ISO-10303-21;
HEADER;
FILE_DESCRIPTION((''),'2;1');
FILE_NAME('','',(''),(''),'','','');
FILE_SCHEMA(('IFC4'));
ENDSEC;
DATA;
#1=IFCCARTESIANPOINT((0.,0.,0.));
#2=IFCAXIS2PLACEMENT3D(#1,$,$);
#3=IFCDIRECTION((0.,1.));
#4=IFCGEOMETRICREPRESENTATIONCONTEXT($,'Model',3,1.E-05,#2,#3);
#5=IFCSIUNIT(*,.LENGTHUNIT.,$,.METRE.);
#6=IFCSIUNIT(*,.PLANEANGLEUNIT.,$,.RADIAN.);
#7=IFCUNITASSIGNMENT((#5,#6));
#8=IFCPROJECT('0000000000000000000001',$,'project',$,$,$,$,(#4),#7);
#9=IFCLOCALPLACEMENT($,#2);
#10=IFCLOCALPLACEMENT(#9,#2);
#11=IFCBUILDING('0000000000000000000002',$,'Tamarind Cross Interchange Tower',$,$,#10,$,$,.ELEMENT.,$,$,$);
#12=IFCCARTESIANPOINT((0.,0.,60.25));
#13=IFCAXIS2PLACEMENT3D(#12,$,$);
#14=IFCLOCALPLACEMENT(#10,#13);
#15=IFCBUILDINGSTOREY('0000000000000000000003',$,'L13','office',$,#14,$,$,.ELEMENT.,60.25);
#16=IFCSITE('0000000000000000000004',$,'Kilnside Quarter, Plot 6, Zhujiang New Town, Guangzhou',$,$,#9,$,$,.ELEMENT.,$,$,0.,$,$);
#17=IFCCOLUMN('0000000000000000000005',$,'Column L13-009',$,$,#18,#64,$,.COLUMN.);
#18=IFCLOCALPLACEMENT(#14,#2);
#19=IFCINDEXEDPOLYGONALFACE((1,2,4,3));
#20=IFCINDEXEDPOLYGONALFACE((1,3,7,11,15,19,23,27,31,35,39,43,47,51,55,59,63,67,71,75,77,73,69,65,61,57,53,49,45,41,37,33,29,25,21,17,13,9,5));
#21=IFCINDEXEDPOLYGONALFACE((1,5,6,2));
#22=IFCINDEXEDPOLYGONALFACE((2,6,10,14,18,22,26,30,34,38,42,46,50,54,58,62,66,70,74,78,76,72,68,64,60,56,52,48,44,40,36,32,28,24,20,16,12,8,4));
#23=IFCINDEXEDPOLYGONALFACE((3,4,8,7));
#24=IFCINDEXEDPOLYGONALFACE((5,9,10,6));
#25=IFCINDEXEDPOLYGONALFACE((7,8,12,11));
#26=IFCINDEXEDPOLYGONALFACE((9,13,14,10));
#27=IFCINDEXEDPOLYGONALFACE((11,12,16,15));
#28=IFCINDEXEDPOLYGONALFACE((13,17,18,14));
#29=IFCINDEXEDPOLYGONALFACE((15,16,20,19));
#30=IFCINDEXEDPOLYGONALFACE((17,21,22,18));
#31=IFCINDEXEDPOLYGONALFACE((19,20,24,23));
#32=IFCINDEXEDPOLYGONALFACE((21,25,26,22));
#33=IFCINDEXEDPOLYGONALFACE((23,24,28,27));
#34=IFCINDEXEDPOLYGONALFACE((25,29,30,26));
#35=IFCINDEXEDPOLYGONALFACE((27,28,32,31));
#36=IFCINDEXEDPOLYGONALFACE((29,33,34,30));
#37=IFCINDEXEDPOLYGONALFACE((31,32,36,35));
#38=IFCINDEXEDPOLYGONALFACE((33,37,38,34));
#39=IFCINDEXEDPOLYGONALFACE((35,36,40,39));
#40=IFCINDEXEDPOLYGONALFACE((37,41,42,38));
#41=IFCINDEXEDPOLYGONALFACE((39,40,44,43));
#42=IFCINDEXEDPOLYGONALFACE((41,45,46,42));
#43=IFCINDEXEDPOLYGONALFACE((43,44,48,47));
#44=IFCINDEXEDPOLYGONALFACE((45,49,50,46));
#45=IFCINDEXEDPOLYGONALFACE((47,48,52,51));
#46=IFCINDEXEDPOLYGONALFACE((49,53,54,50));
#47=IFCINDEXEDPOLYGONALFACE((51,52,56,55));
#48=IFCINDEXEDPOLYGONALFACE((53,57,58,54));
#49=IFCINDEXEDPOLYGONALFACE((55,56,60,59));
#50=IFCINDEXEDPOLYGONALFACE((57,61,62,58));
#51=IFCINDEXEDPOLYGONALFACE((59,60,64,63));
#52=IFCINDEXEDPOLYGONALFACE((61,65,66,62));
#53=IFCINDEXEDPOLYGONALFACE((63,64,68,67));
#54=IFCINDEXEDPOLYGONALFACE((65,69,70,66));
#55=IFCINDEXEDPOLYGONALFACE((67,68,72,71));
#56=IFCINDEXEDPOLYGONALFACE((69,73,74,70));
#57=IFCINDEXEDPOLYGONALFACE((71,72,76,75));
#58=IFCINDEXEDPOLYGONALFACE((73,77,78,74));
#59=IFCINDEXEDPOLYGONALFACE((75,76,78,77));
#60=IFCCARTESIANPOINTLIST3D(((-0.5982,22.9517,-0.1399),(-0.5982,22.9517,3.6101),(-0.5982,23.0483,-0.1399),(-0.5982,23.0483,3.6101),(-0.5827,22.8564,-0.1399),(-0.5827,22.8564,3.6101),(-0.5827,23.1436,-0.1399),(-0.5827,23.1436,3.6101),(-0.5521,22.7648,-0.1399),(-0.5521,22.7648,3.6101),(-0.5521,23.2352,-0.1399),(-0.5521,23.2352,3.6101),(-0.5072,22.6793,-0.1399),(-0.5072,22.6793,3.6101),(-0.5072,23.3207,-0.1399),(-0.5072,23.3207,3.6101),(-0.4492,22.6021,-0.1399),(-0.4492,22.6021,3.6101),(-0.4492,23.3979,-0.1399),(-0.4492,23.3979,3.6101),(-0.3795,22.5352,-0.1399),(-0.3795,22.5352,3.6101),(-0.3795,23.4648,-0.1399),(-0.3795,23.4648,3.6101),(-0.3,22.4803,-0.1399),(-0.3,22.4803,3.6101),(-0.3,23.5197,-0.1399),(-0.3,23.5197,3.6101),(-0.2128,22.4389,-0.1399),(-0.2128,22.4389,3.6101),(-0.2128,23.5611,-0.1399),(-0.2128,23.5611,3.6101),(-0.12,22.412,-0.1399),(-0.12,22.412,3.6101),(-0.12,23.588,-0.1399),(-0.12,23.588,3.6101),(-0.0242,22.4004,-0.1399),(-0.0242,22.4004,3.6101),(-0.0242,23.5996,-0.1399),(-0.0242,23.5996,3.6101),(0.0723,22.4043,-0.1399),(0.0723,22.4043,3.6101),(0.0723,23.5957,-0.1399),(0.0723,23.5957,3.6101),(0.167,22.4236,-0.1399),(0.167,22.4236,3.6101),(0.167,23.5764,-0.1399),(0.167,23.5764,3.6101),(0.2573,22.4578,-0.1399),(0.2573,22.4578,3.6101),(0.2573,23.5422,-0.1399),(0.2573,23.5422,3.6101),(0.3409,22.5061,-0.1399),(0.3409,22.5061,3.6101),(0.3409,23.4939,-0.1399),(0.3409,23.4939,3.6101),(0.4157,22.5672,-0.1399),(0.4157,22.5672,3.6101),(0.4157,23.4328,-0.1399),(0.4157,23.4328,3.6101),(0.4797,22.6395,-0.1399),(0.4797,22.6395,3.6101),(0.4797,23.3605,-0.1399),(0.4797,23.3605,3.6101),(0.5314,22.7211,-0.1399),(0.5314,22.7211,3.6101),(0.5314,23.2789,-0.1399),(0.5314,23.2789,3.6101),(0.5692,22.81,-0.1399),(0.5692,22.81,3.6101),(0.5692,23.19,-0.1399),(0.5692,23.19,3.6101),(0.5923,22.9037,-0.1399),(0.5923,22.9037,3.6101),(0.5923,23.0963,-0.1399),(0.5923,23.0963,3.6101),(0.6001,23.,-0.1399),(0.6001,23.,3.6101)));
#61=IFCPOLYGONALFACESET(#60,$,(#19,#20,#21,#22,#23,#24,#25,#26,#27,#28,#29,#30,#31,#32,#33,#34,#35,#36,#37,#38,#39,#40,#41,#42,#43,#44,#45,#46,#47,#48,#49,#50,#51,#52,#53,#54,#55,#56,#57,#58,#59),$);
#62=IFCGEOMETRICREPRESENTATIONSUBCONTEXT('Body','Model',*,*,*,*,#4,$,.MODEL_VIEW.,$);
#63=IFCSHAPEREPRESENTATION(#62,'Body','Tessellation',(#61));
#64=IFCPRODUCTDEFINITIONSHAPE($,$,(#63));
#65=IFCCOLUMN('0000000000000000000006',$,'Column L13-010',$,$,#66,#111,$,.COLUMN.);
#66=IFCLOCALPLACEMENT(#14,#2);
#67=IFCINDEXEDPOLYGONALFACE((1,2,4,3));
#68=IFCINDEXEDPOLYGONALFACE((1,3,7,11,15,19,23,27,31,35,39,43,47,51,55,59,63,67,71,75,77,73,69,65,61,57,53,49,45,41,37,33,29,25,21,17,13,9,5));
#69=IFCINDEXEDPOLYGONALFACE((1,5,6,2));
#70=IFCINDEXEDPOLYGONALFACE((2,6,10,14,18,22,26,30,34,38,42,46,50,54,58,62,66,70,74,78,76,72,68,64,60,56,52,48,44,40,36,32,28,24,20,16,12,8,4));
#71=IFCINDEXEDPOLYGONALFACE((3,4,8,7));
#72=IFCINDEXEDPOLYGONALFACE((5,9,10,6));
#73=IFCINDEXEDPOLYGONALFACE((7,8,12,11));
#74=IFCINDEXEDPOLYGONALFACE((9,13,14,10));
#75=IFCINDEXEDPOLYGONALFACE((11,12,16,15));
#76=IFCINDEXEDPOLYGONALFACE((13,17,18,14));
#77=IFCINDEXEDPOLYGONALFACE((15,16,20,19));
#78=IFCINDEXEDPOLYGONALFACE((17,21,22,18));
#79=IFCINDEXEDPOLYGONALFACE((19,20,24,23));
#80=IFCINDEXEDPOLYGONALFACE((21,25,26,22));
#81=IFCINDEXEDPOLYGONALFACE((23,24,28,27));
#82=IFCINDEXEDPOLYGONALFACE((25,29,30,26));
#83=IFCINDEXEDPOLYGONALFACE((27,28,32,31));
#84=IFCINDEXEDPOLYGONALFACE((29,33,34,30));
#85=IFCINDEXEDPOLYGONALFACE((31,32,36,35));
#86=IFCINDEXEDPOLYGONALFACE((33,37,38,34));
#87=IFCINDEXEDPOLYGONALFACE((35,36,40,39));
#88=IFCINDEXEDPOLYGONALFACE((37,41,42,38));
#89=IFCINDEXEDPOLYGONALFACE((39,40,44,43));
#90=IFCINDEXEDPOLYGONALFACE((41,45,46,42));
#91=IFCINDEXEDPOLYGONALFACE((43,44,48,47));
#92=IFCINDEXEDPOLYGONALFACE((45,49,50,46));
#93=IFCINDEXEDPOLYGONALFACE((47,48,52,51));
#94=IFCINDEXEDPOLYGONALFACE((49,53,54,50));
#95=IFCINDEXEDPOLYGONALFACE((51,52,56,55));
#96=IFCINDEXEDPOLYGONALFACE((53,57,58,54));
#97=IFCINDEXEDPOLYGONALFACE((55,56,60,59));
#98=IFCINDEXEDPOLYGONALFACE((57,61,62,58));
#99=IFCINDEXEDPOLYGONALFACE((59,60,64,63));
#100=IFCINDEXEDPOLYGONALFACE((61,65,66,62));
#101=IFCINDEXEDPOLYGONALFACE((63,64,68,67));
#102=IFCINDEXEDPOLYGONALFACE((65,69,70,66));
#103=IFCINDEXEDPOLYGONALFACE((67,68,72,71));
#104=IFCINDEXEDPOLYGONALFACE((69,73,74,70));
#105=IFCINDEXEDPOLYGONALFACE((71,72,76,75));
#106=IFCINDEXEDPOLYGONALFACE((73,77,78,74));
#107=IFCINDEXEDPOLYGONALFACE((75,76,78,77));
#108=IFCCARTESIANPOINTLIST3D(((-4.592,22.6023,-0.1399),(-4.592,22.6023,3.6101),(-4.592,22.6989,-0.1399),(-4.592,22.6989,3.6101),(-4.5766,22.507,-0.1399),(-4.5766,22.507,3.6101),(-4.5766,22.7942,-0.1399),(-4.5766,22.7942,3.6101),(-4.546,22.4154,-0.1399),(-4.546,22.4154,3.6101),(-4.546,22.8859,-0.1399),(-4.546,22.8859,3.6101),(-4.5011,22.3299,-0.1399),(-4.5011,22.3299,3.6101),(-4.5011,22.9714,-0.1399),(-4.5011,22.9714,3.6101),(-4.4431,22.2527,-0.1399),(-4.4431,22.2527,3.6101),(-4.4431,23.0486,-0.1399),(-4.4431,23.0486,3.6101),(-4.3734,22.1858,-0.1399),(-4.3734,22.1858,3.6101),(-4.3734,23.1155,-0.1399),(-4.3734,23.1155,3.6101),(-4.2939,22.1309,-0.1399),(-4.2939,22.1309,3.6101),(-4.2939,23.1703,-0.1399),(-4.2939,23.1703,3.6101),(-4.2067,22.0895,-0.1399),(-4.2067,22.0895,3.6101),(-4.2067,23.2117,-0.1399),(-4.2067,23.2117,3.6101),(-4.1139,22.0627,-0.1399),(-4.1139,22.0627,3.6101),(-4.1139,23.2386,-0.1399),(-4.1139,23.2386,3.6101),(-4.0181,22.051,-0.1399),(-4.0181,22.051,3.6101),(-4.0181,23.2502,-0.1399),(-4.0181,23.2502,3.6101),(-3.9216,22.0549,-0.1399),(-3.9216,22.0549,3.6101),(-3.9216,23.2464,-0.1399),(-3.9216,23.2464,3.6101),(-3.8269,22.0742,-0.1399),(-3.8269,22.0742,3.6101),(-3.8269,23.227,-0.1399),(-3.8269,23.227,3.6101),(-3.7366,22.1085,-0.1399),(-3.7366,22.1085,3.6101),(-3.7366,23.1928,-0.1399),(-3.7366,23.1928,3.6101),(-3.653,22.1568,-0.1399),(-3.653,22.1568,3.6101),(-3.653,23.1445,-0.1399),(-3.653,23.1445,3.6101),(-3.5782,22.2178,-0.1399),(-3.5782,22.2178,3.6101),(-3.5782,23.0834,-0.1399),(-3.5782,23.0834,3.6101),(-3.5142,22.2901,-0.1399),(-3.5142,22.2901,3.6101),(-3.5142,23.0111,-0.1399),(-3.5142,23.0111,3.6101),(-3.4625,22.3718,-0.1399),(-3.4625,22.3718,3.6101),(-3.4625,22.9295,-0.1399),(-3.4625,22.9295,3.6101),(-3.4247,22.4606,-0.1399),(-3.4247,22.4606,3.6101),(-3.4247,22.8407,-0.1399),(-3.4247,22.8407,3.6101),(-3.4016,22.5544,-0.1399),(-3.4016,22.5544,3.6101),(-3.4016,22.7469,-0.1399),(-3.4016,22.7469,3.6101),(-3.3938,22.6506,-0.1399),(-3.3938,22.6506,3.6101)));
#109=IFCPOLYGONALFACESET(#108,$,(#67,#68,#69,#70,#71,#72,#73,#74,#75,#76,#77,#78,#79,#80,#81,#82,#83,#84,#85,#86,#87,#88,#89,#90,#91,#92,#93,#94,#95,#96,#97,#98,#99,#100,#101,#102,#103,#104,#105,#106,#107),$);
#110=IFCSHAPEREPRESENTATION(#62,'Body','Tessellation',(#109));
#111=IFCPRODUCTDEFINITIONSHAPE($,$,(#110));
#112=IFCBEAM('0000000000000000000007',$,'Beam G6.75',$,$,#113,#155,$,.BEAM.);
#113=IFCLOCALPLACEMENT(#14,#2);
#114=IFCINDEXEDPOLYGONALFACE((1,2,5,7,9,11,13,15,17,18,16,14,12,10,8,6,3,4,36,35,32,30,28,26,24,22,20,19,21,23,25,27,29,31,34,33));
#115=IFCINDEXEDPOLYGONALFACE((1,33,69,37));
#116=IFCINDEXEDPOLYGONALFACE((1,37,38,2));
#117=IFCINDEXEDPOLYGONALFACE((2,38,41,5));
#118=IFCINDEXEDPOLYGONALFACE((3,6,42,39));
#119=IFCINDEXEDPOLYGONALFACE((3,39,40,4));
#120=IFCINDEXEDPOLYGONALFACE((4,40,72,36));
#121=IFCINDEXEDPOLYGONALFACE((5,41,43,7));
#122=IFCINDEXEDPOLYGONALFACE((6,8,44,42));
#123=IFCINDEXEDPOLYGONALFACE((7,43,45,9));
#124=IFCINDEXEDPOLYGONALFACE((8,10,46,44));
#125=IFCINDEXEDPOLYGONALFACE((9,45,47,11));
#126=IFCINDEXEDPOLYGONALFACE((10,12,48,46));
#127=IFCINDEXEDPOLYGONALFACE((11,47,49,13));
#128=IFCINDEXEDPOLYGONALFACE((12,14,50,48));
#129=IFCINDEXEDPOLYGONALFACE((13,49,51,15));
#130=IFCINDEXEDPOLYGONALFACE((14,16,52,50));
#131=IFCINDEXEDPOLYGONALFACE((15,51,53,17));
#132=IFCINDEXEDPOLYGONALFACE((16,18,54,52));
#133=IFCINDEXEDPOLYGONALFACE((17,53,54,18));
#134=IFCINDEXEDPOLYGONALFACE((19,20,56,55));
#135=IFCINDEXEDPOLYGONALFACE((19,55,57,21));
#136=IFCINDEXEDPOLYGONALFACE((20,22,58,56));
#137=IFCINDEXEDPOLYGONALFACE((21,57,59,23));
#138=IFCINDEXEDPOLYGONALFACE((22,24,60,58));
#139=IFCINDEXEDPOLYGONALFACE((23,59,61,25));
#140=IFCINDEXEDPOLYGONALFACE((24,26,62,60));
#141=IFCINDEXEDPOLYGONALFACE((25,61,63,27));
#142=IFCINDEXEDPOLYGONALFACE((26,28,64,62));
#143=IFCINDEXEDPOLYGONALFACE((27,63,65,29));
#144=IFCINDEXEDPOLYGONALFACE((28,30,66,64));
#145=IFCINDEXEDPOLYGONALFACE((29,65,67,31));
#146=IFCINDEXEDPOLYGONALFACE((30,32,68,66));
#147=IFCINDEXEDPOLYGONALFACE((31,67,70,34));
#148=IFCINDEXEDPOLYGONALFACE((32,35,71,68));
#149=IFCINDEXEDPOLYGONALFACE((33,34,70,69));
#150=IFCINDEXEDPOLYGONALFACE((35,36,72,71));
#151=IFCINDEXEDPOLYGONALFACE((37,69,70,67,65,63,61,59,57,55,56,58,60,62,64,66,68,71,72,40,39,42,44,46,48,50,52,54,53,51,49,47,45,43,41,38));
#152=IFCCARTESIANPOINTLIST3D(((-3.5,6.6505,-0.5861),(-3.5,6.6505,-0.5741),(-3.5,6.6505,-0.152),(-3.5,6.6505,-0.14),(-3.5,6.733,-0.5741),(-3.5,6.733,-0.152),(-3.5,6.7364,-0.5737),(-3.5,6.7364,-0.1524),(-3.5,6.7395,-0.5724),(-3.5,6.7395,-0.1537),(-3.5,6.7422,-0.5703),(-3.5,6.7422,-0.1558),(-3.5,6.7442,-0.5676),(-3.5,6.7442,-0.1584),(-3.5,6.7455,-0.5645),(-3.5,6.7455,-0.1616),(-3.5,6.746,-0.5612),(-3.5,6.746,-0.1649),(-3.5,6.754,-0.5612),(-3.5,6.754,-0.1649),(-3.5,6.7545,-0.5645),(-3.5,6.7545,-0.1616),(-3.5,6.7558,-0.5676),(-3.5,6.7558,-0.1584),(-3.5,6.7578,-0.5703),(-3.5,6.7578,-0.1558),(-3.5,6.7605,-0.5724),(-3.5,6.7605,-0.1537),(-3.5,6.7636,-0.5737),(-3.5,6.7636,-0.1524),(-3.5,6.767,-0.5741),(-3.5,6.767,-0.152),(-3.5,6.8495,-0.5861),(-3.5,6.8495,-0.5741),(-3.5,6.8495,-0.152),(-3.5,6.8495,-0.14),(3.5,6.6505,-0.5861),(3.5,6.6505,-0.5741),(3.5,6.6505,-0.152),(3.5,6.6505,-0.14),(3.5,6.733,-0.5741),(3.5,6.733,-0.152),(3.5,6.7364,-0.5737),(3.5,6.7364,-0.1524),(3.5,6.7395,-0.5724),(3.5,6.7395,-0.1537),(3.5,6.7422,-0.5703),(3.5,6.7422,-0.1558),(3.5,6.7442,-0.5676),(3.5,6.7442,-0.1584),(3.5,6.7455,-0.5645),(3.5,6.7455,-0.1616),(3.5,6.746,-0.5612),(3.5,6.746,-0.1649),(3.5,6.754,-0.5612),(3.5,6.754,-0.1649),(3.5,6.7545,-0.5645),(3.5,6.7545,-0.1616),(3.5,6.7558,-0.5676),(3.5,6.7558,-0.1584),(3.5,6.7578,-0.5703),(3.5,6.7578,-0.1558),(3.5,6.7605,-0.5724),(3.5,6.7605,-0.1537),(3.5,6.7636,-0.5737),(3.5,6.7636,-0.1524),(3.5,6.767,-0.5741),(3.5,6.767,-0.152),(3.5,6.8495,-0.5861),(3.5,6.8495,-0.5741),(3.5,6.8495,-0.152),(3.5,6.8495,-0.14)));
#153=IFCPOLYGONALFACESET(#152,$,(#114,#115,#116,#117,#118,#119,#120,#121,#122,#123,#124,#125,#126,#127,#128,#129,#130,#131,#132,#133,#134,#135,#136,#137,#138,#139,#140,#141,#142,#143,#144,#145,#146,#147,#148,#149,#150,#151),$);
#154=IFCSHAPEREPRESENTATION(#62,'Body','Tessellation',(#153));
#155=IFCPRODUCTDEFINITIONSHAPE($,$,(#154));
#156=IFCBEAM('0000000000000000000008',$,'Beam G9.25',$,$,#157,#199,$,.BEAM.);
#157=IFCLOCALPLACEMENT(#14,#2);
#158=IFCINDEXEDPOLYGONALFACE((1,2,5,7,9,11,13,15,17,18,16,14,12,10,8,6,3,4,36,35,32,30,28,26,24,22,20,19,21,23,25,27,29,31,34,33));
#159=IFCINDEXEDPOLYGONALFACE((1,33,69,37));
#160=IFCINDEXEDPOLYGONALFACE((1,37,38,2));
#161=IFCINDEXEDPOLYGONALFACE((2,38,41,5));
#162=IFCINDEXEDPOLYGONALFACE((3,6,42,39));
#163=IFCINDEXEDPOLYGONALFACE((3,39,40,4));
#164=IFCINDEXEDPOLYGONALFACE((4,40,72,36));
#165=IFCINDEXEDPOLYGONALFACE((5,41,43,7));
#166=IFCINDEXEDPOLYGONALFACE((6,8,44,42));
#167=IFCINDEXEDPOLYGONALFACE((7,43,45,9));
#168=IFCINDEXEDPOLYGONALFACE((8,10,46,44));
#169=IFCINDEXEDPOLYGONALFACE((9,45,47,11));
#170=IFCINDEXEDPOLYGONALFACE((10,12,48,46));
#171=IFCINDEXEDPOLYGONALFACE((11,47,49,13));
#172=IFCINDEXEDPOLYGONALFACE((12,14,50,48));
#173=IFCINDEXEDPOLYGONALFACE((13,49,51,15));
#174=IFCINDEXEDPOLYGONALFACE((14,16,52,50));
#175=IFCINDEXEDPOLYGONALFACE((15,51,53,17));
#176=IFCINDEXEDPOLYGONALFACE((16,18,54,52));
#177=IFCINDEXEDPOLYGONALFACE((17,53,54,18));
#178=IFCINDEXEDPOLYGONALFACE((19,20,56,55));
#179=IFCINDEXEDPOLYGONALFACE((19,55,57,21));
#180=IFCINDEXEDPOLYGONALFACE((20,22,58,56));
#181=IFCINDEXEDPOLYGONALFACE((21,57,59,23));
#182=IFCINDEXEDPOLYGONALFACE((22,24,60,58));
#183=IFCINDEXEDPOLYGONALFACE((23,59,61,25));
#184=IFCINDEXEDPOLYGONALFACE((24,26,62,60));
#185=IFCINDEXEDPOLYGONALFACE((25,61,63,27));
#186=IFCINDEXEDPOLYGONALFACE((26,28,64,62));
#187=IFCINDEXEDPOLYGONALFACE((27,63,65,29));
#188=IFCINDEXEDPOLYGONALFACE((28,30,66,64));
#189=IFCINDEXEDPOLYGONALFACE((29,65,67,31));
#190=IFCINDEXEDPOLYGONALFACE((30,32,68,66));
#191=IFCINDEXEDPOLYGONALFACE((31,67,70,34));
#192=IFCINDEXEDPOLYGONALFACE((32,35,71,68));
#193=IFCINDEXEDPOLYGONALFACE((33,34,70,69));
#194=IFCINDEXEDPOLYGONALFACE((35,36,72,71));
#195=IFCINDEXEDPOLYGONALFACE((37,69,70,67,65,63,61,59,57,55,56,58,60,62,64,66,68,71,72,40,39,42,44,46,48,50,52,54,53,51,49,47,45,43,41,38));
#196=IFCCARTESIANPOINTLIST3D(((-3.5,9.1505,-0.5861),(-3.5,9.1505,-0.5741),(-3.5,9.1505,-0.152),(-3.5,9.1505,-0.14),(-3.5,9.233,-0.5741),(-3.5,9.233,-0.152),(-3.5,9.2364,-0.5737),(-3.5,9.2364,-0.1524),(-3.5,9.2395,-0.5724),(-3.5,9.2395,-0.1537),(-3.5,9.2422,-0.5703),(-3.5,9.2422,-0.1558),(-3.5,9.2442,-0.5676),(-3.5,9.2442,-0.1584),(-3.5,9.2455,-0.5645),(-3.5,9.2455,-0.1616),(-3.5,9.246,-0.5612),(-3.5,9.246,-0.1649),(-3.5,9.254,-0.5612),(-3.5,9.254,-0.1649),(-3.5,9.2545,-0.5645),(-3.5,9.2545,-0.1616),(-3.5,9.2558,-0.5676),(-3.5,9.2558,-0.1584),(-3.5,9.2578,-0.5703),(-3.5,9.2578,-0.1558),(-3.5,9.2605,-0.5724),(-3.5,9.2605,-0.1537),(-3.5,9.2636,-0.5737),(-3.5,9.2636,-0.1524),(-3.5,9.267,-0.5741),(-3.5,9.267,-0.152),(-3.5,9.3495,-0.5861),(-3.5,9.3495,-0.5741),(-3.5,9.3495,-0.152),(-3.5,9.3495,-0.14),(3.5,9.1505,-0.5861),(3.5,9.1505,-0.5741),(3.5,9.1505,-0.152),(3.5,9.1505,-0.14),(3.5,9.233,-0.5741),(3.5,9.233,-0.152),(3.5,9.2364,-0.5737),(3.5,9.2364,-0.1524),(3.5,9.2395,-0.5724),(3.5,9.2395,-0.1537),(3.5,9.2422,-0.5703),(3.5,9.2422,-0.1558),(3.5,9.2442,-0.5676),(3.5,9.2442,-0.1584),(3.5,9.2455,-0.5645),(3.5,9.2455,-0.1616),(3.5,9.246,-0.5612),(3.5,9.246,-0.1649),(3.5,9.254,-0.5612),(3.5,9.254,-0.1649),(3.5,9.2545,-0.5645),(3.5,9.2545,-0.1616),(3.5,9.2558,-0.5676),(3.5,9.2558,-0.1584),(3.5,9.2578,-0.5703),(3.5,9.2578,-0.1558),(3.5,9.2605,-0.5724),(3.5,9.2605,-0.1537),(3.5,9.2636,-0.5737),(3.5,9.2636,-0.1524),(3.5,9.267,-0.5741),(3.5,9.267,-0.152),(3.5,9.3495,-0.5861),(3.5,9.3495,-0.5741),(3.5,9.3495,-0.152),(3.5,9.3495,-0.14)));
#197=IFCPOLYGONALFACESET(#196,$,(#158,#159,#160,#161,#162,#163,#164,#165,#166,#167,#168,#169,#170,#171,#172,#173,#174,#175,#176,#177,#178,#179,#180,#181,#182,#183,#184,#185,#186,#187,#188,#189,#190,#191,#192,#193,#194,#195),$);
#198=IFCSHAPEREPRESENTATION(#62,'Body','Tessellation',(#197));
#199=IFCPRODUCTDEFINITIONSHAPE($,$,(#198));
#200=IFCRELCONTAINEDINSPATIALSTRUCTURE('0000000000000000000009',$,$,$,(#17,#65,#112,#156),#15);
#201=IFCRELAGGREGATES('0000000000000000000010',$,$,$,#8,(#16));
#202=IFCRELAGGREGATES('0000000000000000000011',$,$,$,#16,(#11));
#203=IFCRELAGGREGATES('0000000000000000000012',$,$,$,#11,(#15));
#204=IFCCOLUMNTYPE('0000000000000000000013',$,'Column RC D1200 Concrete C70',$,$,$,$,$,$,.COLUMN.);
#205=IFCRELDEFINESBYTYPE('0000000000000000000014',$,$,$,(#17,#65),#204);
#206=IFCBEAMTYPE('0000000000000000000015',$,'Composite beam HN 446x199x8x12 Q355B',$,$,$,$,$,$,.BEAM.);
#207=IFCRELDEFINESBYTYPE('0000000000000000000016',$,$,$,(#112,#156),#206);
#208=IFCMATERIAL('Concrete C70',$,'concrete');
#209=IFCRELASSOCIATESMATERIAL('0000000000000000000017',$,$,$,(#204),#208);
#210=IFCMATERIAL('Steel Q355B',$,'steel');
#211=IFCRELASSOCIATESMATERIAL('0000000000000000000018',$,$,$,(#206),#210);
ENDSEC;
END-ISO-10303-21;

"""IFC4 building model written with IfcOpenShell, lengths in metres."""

from ifc_helpers import new_model, si_unit, direction, frame, origin, origin_2d, place, context, subcontext, project, spatial, circle, i_section, extrude, material, material_profile, profile_set, type_object, element, save


model = new_model("IFC4")

# Units and contexts
model_context = context("Model", 3, precision=1e-05, world=origin(), true_north=direction((0.0, 1.0)))
body_context = subcontext(model_context, "Body", "Model", "MODEL_VIEW")
ifc_project = project(units=[si_unit("LENGTHUNIT", "METRE"), si_unit("PLANEANGLEUNIT", "RADIAN")], contexts=[model_context])

# Site, building, storey
site_placement = place(None, origin())
site = spatial("IfcSite", under=ifc_project, at=site_placement, Name="Kilnside Quarter, Plot 6, Zhujiang New Town, Guangzhou", CompositionType="ELEMENT", RefElevation=0.0)
building_placement = place(site_placement, origin())
building = spatial("IfcBuilding", under=site, at=building_placement, Name="Tamarind Cross Interchange Tower", CompositionType="ELEMENT")
storey_placement = place(building_placement, frame((0.0, 0.0, 60.25)))
storey = spatial("IfcBuildingStorey", under=building, at=storey_placement, Name="L13", Description="office", CompositionType="ELEMENT", Elevation=60.25)

# Columns
ifc_material_1 = material(Name="Concrete C70", Category="concrete")
ifc_material_profile_1 = material_profile(ifc_material_1, circle(Radius=0.6001, at=origin_2d()), Name="RC D1200")
ifc_profile_set_1 = profile_set([ifc_material_profile_1], Name="Concrete C70")
column_type = type_object("IfcColumnType", Name="Column RC D1200 Concrete C70", PredefinedType="COLUMN", material=ifc_profile_set_1)
for number, where, z_axis, x_axis, name in (
    (1, (0.0, 23.0, -0.1399), (0.0, 0.0, 1.0), (1.0, 0.0, 0.0), "Column L13-009"),
    (2, (-3.9939, 22.6506, -0.1399), (0.0, 0.0, 1.0), (1.0, 0.0, 0.0), "Column L13-010"),
):
    element("IfcColumn", number, at=place(storey_placement, frame(where, z_axis=z_axis, x_axis=x_axis)), inside=storey, type_object=column_type, Name=name, PredefinedType="COLUMN", context=body_context, shape_type="SweptSolid", body=[
        extrude(circle(Radius=0.6001, at=origin_2d()), origin(), (0.0, 0.0, 1.0), 3.75),
    ])

# Beams
ifc_material_2 = material(Name="Steel Q355B", Category="steel")
ifc_material_profile_2 = material_profile(ifc_material_2, i_section(OverallWidth=0.199, OverallDepth=0.446, WebThickness=0.0081, FlangeThickness=0.012, FilletRadius=0.0129, at=origin_2d()), Name="HN 446x199x8x12")
ifc_profile_set_2 = profile_set([ifc_material_profile_2], Name="Steel Q355B")
beam_type_1 = type_object("IfcBeamType", Name="Composite beam HN 446x199x8x12 Q355B", PredefinedType="BEAM", material=ifc_profile_set_2)
for number, where, z_axis, x_axis, name in (
    (3, (-3.5, 6.75, -0.363), (1.0, 0.0, 0.0), (0.0, 1.0, 0.0), "Beam G6.75"),
    (4, (-3.5, 9.25, -0.363), (1.0, 0.0, 0.0), (0.0, 1.0, 0.0), "Beam G9.25"),
):
    element("IfcBeam", number, at=place(storey_placement, frame(where, z_axis=z_axis, x_axis=x_axis)), inside=storey, type_object=beam_type_1, Name=name, PredefinedType="BEAM", context=body_context, shape_type="SweptSolid", body=[
        extrude(i_section(OverallWidth=0.199, OverallDepth=0.446, WebThickness=0.0081, FlangeThickness=0.012, FilletRadius=0.0129, at=origin_2d()), origin(), (0.0, 0.0, 1.0), 7.0),
    ])

save(model, "model.ifc")
